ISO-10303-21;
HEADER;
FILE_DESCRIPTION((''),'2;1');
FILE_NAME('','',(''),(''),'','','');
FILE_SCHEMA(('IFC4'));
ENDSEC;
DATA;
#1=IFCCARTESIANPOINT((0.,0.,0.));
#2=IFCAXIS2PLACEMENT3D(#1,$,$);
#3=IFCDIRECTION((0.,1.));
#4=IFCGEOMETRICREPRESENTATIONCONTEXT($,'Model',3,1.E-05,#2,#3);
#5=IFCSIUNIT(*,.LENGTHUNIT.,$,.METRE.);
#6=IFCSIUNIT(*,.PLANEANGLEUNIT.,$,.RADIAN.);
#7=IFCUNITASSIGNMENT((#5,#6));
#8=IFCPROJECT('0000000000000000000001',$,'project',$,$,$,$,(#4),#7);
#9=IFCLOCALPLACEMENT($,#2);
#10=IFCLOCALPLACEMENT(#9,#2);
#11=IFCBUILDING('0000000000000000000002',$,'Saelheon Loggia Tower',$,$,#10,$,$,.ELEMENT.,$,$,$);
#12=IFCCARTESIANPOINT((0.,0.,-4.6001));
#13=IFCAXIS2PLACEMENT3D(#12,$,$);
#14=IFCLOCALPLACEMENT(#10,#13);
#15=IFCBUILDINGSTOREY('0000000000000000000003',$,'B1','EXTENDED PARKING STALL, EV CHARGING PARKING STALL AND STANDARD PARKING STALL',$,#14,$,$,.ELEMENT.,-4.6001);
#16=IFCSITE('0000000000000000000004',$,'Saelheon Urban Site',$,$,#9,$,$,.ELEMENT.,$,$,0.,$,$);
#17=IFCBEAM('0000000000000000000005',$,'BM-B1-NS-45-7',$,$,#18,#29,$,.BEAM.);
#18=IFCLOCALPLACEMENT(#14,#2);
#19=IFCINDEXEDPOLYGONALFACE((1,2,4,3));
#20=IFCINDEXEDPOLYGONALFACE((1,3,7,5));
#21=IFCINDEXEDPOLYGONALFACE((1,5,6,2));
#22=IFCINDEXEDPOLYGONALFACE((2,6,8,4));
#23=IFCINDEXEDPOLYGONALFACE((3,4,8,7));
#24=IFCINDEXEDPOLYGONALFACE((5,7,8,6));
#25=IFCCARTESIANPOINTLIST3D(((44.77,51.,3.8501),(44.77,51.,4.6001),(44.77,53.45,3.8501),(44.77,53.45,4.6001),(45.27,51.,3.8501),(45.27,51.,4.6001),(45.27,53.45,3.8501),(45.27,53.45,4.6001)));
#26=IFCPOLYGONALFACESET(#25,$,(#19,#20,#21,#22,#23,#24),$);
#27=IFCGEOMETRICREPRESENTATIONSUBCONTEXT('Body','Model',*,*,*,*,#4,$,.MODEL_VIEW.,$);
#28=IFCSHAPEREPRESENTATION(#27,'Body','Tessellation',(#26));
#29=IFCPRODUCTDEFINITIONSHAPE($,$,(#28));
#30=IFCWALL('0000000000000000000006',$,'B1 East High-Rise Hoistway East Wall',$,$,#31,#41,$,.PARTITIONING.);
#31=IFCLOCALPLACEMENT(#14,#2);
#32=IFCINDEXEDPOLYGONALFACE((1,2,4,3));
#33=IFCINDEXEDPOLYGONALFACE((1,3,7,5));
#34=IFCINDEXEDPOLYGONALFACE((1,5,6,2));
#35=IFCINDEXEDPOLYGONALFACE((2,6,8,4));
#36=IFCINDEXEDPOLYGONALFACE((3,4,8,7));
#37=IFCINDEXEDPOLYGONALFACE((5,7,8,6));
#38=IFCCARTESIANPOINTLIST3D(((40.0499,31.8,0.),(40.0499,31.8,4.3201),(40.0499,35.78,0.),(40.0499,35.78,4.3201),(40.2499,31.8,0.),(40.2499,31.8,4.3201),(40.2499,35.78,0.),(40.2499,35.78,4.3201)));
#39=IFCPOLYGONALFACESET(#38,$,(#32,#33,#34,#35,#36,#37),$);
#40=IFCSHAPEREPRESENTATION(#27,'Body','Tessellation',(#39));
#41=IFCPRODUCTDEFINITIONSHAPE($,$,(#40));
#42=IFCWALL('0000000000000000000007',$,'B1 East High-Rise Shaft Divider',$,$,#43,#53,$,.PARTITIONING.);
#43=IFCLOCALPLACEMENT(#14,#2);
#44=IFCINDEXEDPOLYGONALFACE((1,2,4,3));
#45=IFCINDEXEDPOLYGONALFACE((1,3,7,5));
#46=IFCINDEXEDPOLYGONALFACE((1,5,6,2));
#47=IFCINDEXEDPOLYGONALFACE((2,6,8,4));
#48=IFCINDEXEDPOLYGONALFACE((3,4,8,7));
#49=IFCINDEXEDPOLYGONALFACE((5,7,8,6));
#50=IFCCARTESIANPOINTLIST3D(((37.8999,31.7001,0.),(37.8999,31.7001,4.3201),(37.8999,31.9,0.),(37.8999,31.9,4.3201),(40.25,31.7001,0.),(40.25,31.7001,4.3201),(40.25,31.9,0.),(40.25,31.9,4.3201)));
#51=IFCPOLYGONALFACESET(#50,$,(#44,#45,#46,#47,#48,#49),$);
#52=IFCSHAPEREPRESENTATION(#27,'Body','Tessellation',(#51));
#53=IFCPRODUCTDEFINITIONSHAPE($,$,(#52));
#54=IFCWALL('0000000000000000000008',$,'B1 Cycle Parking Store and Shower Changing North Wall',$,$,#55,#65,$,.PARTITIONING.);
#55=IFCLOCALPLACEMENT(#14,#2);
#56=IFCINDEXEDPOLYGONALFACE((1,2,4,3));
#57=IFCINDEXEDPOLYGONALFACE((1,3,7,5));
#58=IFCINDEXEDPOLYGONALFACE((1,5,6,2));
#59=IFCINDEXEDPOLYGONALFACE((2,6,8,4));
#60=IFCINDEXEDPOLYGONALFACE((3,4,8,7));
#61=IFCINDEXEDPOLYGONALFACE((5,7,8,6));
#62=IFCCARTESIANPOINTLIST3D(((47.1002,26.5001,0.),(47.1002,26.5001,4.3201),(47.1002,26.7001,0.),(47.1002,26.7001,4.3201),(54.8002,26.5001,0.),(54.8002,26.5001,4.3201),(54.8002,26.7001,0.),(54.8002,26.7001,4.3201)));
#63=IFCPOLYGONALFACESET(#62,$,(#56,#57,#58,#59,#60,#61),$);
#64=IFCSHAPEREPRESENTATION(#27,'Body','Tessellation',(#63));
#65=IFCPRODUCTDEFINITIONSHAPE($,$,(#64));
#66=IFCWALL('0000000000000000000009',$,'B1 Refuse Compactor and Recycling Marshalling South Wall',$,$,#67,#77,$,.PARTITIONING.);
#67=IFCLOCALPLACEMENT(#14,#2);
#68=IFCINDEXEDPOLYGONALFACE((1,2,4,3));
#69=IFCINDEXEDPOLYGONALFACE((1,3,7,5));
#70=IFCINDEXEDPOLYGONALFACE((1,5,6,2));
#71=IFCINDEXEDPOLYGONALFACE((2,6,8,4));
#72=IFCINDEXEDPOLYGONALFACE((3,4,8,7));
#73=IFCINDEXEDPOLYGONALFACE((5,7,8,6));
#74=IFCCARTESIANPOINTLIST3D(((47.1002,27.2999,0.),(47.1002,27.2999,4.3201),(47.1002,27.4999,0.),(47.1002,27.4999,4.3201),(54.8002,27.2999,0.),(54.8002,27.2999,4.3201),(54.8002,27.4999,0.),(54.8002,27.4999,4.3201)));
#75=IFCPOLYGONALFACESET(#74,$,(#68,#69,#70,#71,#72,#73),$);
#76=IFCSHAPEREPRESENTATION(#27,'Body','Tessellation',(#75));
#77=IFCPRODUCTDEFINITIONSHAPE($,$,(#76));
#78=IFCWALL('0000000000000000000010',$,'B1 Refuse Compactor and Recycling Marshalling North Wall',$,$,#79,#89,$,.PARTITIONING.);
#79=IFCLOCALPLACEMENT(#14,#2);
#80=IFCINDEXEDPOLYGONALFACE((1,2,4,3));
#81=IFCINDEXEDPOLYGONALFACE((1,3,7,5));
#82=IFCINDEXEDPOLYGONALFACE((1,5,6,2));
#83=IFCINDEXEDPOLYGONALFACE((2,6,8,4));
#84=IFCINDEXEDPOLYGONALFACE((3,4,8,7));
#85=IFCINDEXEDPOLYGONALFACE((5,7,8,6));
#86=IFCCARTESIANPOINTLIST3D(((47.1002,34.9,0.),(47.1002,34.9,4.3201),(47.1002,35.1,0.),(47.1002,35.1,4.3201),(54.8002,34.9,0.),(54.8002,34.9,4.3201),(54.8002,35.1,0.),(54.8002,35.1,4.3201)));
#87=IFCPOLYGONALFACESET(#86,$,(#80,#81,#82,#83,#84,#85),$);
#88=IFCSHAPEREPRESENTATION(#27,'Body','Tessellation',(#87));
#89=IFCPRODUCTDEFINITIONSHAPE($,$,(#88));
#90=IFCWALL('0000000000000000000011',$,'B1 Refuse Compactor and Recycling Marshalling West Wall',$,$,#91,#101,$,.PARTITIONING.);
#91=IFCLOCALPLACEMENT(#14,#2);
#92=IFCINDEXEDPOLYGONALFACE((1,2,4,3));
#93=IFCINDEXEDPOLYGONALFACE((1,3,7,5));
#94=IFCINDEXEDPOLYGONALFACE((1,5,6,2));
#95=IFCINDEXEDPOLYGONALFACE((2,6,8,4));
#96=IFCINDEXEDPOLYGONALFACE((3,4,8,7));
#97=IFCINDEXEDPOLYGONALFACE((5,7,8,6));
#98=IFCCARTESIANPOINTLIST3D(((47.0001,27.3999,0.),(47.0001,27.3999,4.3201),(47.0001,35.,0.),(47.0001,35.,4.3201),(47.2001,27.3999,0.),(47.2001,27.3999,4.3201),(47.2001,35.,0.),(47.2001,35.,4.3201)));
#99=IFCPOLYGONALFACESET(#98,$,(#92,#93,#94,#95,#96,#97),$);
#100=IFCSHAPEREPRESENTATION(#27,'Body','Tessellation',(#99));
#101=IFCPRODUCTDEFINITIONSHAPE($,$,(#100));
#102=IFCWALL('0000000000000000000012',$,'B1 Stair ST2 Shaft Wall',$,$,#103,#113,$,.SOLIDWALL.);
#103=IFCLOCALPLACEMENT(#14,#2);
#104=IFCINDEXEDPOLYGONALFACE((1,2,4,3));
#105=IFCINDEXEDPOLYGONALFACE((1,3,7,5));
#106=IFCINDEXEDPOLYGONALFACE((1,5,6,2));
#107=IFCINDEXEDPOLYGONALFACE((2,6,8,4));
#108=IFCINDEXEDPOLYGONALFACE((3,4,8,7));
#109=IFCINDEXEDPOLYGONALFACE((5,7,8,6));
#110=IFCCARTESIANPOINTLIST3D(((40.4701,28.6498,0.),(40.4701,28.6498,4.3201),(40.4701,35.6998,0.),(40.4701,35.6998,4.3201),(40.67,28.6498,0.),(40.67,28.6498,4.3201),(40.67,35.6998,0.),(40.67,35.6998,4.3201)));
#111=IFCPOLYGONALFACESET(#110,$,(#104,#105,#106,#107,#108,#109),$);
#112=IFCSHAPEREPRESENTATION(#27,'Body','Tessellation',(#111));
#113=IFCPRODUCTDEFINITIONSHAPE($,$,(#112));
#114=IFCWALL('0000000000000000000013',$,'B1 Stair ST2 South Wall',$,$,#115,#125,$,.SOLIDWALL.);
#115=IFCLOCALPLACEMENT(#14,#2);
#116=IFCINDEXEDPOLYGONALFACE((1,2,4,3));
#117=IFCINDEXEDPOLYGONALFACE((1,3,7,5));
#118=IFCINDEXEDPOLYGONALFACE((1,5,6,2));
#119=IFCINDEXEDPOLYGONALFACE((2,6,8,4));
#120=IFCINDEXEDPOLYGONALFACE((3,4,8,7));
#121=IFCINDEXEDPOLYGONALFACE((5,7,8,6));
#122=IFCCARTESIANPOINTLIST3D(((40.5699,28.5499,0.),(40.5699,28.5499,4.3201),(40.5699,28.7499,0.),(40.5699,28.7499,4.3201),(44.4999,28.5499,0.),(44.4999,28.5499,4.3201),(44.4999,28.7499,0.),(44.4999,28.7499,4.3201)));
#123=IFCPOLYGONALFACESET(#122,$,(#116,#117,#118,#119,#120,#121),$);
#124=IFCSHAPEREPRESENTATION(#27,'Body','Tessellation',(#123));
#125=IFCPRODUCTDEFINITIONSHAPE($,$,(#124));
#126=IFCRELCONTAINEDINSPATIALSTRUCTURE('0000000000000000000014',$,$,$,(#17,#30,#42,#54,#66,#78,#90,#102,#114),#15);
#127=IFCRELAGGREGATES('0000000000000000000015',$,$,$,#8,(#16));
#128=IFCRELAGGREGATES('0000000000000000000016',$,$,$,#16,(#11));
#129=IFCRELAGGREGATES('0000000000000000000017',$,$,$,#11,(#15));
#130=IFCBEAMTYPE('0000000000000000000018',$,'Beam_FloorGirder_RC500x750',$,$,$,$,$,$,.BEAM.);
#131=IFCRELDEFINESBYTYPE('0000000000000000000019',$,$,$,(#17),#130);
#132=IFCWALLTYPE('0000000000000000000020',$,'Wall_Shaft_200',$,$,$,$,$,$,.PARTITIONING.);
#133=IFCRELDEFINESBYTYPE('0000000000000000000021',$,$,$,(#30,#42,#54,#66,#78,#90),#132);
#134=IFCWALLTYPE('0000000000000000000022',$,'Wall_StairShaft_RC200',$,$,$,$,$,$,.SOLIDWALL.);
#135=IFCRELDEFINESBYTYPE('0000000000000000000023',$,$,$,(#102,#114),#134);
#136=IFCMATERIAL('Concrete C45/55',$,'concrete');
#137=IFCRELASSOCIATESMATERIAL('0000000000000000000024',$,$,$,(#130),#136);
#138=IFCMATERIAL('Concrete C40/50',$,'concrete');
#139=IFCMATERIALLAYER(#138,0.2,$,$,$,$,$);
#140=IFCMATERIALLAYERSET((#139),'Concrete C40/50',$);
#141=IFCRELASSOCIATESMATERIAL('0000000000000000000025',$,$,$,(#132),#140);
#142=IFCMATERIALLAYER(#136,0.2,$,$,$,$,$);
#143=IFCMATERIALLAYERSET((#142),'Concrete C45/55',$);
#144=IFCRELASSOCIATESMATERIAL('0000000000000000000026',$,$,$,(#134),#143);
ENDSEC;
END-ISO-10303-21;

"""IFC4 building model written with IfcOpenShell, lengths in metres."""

from ifc_helpers import new_model, si_unit, direction, frame, frame_2d, origin, origin_2d, place, context, subcontext, project, spatial, rectangle, extrude, source, transform, mapped, material, layer, layer_set, material_profile, profile_set, type_object, element, save


model = new_model("IFC4")

# Units and contexts
model_context = context("Model", 3, precision=1e-05, world=origin(), true_north=direction((0.0, 1.0)))
body_context = subcontext(model_context, "Body", "Model", "MODEL_VIEW")
ifc_project = project(units=[si_unit("LENGTHUNIT", "METRE"), si_unit("PLANEANGLEUNIT", "RADIAN")], contexts=[model_context])

# Site, building, storey
site_placement = place(None, origin())
site = spatial("IfcSite", under=ifc_project, at=site_placement, Name="Saelheon Urban Site", CompositionType="ELEMENT", RefElevation=0.0)
building_placement = place(site_placement, origin())
building = spatial("IfcBuilding", under=site, at=building_placement, Name="Saelheon Loggia Tower", CompositionType="ELEMENT")
storey_placement = place(building_placement, frame((0.0, 0.0, -4.6001)))
storey = spatial("IfcBuildingStorey", under=building, at=storey_placement, Name="B1", Description="EXTENDED PARKING STALL, EV CHARGING PARKING STALL AND STANDARD PARKING STALL", CompositionType="ELEMENT", Elevation=-4.6001)

# Beam
ifc_material_1 = material(Name="Concrete C45/55", Category="concrete")
ifc_material_profile_1 = material_profile(ifc_material_1, rectangle(XDim=0.5, YDim=0.75, at=origin_2d()), Name="RC-500x750")
ifc_profile_set_1 = profile_set([ifc_material_profile_1], Name="Concrete C45/55")
beam_type_1 = type_object("IfcBeamType", Name="Beam_FloorGirder_RC500x750", PredefinedType="BEAM", material=ifc_profile_set_1)
shared_shape_1 = source(origin(), body_context, "Body", "SweptSolid", [
    extrude(rectangle(XDim=0.5, YDim=0.75, at=origin_2d()), origin(), (0.0, 0.0, 1.0), 2.45),
])
beam_1_placement = place(storey_placement, frame((45.02, 51.0, 4.2251), z_axis=(0.0, 1.0, 0.0), x_axis=(-1.0, 0.0, 0.0)))
element("IfcBeam", 1, at=beam_1_placement, inside=storey, type_object=beam_type_1, Name="BM-B1-NS-45-7", PredefinedType="BEAM", context=body_context, shape_type="MappedRepresentation", body=[
    mapped(shared_shape_1, transform((0.0, 0.0, 0.0), scale=1.0)),
])

# Walls
ifc_material_2 = material(Name="Concrete C40/50", Category="concrete")
ifc_layer_1 = layer(ifc_material_2, 0.2)
ifc_layer_set_1 = layer_set([ifc_layer_1], Name="Concrete C40/50")
wall_type_1 = type_object("IfcWallType", Name="Wall_Shaft_200", PredefinedType="PARTITIONING", material=ifc_layer_set_1)
wall_1_placement = place(storey_placement, frame((40.1499, 31.8, 0.0), z_axis=(0.0, 0.0, 1.0), x_axis=(0.0, 1.0, 0.0)))
element("IfcWall", 2, at=wall_1_placement, inside=storey, type_object=wall_type_1, Name="B1 East High-Rise Hoistway East Wall", PredefinedType="PARTITIONING", context=body_context, shape_type="SweptSolid", body=[
    extrude(rectangle(XDim=3.98, YDim=0.2, at=frame_2d((1.99, 0.0))), origin(), (0.0, 0.0, 1.0), 4.3201),
])
wall_2_placement = place(storey_placement, frame((37.8999, 31.8, 0.0), z_axis=(0.0, 0.0, 1.0), x_axis=(1.0, 0.0, 0.0)))
element("IfcWall", 3, at=wall_2_placement, inside=storey, type_object=wall_type_1, Name="B1 East High-Rise Shaft Divider", PredefinedType="PARTITIONING", context=body_context, shape_type="SweptSolid", body=[
    extrude(rectangle(XDim=2.3501, YDim=0.2, at=frame_2d((1.175, 0.0))), origin(), (0.0, 0.0, 1.0), 4.3201),
])
for number, where, z_axis, x_axis, name in (
    (4, (47.1001, 26.6001, 0.0), (0.0, 0.0, 1.0), (1.0, 0.0, 0.0), "B1 Cycle Parking Store and Shower Changing North Wall"),
    (5, (47.1001, 27.3999, 0.0), (0.0, 0.0, 1.0), (1.0, 0.0, 0.0), "B1 Refuse Compactor and Recycling Marshalling South Wall"),
    (6, (47.1001, 35.0, 0.0), (0.0, 0.0, 1.0), (1.0, 0.0, 0.0), "B1 Refuse Compactor and Recycling Marshalling North Wall"),
):
    element("IfcWall", number, at=place(storey_placement, frame(where, z_axis=z_axis, x_axis=x_axis)), inside=storey, type_object=wall_type_1, Name=name, PredefinedType="PARTITIONING", context=body_context, shape_type="SweptSolid", body=[
        extrude(rectangle(XDim=7.7, YDim=0.2, at=frame_2d((3.8501, 0.0))), origin(), (0.0, 0.0, 1.0), 4.3201),
    ])
wall_3_placement = place(storey_placement, frame((47.1001, 27.3999, 0.0), z_axis=(0.0, 0.0, 1.0), x_axis=(0.0, 1.0, 0.0)))
element("IfcWall", 7, at=wall_3_placement, inside=storey, type_object=wall_type_1, Name="B1 Refuse Compactor and Recycling Marshalling West Wall", PredefinedType="PARTITIONING", context=body_context, shape_type="SweptSolid", body=[
    extrude(rectangle(XDim=7.6001, YDim=0.2, at=frame_2d((3.8, 0.0))), origin(), (0.0, 0.0, 1.0), 4.3201),
])
ifc_layer_2 = layer(ifc_material_1, 0.2)
ifc_layer_set_2 = layer_set([ifc_layer_2], Name="Concrete C45/55")
wall_type_2 = type_object("IfcWallType", Name="Wall_StairShaft_RC200", PredefinedType="SOLIDWALL", material=ifc_layer_set_2)
wall_4_placement = place(storey_placement, frame((40.5701, 28.6499, 0.0), z_axis=(0.0, 0.0, 1.0), x_axis=(0.0, 1.0, 0.0)))
element("IfcWall", 8, at=wall_4_placement, inside=storey, type_object=wall_type_2, Name="B1 Stair ST2 Shaft Wall", PredefinedType="SOLIDWALL", context=body_context, shape_type="SweptSolid", body=[
    extrude(rectangle(XDim=7.05, YDim=0.2, at=frame_2d((3.5249, 0.0))), origin(), (0.0, 0.0, 1.0), 4.3201),
])
wall_5_placement = place(storey_placement, frame((40.5701, 28.6499, 0.0), z_axis=(0.0, 0.0, 1.0), x_axis=(1.0, 0.0, 0.0)))
element("IfcWall", 9, at=wall_5_placement, inside=storey, type_object=wall_type_2, Name="B1 Stair ST2 South Wall", PredefinedType="SOLIDWALL", context=body_context, shape_type="SweptSolid", body=[
    extrude(rectangle(XDim=3.9299, YDim=0.2, at=frame_2d((1.9648, 0.0))), origin(), (0.0, 0.0, 1.0), 4.3201),
])

save(model, "model.ifc")
